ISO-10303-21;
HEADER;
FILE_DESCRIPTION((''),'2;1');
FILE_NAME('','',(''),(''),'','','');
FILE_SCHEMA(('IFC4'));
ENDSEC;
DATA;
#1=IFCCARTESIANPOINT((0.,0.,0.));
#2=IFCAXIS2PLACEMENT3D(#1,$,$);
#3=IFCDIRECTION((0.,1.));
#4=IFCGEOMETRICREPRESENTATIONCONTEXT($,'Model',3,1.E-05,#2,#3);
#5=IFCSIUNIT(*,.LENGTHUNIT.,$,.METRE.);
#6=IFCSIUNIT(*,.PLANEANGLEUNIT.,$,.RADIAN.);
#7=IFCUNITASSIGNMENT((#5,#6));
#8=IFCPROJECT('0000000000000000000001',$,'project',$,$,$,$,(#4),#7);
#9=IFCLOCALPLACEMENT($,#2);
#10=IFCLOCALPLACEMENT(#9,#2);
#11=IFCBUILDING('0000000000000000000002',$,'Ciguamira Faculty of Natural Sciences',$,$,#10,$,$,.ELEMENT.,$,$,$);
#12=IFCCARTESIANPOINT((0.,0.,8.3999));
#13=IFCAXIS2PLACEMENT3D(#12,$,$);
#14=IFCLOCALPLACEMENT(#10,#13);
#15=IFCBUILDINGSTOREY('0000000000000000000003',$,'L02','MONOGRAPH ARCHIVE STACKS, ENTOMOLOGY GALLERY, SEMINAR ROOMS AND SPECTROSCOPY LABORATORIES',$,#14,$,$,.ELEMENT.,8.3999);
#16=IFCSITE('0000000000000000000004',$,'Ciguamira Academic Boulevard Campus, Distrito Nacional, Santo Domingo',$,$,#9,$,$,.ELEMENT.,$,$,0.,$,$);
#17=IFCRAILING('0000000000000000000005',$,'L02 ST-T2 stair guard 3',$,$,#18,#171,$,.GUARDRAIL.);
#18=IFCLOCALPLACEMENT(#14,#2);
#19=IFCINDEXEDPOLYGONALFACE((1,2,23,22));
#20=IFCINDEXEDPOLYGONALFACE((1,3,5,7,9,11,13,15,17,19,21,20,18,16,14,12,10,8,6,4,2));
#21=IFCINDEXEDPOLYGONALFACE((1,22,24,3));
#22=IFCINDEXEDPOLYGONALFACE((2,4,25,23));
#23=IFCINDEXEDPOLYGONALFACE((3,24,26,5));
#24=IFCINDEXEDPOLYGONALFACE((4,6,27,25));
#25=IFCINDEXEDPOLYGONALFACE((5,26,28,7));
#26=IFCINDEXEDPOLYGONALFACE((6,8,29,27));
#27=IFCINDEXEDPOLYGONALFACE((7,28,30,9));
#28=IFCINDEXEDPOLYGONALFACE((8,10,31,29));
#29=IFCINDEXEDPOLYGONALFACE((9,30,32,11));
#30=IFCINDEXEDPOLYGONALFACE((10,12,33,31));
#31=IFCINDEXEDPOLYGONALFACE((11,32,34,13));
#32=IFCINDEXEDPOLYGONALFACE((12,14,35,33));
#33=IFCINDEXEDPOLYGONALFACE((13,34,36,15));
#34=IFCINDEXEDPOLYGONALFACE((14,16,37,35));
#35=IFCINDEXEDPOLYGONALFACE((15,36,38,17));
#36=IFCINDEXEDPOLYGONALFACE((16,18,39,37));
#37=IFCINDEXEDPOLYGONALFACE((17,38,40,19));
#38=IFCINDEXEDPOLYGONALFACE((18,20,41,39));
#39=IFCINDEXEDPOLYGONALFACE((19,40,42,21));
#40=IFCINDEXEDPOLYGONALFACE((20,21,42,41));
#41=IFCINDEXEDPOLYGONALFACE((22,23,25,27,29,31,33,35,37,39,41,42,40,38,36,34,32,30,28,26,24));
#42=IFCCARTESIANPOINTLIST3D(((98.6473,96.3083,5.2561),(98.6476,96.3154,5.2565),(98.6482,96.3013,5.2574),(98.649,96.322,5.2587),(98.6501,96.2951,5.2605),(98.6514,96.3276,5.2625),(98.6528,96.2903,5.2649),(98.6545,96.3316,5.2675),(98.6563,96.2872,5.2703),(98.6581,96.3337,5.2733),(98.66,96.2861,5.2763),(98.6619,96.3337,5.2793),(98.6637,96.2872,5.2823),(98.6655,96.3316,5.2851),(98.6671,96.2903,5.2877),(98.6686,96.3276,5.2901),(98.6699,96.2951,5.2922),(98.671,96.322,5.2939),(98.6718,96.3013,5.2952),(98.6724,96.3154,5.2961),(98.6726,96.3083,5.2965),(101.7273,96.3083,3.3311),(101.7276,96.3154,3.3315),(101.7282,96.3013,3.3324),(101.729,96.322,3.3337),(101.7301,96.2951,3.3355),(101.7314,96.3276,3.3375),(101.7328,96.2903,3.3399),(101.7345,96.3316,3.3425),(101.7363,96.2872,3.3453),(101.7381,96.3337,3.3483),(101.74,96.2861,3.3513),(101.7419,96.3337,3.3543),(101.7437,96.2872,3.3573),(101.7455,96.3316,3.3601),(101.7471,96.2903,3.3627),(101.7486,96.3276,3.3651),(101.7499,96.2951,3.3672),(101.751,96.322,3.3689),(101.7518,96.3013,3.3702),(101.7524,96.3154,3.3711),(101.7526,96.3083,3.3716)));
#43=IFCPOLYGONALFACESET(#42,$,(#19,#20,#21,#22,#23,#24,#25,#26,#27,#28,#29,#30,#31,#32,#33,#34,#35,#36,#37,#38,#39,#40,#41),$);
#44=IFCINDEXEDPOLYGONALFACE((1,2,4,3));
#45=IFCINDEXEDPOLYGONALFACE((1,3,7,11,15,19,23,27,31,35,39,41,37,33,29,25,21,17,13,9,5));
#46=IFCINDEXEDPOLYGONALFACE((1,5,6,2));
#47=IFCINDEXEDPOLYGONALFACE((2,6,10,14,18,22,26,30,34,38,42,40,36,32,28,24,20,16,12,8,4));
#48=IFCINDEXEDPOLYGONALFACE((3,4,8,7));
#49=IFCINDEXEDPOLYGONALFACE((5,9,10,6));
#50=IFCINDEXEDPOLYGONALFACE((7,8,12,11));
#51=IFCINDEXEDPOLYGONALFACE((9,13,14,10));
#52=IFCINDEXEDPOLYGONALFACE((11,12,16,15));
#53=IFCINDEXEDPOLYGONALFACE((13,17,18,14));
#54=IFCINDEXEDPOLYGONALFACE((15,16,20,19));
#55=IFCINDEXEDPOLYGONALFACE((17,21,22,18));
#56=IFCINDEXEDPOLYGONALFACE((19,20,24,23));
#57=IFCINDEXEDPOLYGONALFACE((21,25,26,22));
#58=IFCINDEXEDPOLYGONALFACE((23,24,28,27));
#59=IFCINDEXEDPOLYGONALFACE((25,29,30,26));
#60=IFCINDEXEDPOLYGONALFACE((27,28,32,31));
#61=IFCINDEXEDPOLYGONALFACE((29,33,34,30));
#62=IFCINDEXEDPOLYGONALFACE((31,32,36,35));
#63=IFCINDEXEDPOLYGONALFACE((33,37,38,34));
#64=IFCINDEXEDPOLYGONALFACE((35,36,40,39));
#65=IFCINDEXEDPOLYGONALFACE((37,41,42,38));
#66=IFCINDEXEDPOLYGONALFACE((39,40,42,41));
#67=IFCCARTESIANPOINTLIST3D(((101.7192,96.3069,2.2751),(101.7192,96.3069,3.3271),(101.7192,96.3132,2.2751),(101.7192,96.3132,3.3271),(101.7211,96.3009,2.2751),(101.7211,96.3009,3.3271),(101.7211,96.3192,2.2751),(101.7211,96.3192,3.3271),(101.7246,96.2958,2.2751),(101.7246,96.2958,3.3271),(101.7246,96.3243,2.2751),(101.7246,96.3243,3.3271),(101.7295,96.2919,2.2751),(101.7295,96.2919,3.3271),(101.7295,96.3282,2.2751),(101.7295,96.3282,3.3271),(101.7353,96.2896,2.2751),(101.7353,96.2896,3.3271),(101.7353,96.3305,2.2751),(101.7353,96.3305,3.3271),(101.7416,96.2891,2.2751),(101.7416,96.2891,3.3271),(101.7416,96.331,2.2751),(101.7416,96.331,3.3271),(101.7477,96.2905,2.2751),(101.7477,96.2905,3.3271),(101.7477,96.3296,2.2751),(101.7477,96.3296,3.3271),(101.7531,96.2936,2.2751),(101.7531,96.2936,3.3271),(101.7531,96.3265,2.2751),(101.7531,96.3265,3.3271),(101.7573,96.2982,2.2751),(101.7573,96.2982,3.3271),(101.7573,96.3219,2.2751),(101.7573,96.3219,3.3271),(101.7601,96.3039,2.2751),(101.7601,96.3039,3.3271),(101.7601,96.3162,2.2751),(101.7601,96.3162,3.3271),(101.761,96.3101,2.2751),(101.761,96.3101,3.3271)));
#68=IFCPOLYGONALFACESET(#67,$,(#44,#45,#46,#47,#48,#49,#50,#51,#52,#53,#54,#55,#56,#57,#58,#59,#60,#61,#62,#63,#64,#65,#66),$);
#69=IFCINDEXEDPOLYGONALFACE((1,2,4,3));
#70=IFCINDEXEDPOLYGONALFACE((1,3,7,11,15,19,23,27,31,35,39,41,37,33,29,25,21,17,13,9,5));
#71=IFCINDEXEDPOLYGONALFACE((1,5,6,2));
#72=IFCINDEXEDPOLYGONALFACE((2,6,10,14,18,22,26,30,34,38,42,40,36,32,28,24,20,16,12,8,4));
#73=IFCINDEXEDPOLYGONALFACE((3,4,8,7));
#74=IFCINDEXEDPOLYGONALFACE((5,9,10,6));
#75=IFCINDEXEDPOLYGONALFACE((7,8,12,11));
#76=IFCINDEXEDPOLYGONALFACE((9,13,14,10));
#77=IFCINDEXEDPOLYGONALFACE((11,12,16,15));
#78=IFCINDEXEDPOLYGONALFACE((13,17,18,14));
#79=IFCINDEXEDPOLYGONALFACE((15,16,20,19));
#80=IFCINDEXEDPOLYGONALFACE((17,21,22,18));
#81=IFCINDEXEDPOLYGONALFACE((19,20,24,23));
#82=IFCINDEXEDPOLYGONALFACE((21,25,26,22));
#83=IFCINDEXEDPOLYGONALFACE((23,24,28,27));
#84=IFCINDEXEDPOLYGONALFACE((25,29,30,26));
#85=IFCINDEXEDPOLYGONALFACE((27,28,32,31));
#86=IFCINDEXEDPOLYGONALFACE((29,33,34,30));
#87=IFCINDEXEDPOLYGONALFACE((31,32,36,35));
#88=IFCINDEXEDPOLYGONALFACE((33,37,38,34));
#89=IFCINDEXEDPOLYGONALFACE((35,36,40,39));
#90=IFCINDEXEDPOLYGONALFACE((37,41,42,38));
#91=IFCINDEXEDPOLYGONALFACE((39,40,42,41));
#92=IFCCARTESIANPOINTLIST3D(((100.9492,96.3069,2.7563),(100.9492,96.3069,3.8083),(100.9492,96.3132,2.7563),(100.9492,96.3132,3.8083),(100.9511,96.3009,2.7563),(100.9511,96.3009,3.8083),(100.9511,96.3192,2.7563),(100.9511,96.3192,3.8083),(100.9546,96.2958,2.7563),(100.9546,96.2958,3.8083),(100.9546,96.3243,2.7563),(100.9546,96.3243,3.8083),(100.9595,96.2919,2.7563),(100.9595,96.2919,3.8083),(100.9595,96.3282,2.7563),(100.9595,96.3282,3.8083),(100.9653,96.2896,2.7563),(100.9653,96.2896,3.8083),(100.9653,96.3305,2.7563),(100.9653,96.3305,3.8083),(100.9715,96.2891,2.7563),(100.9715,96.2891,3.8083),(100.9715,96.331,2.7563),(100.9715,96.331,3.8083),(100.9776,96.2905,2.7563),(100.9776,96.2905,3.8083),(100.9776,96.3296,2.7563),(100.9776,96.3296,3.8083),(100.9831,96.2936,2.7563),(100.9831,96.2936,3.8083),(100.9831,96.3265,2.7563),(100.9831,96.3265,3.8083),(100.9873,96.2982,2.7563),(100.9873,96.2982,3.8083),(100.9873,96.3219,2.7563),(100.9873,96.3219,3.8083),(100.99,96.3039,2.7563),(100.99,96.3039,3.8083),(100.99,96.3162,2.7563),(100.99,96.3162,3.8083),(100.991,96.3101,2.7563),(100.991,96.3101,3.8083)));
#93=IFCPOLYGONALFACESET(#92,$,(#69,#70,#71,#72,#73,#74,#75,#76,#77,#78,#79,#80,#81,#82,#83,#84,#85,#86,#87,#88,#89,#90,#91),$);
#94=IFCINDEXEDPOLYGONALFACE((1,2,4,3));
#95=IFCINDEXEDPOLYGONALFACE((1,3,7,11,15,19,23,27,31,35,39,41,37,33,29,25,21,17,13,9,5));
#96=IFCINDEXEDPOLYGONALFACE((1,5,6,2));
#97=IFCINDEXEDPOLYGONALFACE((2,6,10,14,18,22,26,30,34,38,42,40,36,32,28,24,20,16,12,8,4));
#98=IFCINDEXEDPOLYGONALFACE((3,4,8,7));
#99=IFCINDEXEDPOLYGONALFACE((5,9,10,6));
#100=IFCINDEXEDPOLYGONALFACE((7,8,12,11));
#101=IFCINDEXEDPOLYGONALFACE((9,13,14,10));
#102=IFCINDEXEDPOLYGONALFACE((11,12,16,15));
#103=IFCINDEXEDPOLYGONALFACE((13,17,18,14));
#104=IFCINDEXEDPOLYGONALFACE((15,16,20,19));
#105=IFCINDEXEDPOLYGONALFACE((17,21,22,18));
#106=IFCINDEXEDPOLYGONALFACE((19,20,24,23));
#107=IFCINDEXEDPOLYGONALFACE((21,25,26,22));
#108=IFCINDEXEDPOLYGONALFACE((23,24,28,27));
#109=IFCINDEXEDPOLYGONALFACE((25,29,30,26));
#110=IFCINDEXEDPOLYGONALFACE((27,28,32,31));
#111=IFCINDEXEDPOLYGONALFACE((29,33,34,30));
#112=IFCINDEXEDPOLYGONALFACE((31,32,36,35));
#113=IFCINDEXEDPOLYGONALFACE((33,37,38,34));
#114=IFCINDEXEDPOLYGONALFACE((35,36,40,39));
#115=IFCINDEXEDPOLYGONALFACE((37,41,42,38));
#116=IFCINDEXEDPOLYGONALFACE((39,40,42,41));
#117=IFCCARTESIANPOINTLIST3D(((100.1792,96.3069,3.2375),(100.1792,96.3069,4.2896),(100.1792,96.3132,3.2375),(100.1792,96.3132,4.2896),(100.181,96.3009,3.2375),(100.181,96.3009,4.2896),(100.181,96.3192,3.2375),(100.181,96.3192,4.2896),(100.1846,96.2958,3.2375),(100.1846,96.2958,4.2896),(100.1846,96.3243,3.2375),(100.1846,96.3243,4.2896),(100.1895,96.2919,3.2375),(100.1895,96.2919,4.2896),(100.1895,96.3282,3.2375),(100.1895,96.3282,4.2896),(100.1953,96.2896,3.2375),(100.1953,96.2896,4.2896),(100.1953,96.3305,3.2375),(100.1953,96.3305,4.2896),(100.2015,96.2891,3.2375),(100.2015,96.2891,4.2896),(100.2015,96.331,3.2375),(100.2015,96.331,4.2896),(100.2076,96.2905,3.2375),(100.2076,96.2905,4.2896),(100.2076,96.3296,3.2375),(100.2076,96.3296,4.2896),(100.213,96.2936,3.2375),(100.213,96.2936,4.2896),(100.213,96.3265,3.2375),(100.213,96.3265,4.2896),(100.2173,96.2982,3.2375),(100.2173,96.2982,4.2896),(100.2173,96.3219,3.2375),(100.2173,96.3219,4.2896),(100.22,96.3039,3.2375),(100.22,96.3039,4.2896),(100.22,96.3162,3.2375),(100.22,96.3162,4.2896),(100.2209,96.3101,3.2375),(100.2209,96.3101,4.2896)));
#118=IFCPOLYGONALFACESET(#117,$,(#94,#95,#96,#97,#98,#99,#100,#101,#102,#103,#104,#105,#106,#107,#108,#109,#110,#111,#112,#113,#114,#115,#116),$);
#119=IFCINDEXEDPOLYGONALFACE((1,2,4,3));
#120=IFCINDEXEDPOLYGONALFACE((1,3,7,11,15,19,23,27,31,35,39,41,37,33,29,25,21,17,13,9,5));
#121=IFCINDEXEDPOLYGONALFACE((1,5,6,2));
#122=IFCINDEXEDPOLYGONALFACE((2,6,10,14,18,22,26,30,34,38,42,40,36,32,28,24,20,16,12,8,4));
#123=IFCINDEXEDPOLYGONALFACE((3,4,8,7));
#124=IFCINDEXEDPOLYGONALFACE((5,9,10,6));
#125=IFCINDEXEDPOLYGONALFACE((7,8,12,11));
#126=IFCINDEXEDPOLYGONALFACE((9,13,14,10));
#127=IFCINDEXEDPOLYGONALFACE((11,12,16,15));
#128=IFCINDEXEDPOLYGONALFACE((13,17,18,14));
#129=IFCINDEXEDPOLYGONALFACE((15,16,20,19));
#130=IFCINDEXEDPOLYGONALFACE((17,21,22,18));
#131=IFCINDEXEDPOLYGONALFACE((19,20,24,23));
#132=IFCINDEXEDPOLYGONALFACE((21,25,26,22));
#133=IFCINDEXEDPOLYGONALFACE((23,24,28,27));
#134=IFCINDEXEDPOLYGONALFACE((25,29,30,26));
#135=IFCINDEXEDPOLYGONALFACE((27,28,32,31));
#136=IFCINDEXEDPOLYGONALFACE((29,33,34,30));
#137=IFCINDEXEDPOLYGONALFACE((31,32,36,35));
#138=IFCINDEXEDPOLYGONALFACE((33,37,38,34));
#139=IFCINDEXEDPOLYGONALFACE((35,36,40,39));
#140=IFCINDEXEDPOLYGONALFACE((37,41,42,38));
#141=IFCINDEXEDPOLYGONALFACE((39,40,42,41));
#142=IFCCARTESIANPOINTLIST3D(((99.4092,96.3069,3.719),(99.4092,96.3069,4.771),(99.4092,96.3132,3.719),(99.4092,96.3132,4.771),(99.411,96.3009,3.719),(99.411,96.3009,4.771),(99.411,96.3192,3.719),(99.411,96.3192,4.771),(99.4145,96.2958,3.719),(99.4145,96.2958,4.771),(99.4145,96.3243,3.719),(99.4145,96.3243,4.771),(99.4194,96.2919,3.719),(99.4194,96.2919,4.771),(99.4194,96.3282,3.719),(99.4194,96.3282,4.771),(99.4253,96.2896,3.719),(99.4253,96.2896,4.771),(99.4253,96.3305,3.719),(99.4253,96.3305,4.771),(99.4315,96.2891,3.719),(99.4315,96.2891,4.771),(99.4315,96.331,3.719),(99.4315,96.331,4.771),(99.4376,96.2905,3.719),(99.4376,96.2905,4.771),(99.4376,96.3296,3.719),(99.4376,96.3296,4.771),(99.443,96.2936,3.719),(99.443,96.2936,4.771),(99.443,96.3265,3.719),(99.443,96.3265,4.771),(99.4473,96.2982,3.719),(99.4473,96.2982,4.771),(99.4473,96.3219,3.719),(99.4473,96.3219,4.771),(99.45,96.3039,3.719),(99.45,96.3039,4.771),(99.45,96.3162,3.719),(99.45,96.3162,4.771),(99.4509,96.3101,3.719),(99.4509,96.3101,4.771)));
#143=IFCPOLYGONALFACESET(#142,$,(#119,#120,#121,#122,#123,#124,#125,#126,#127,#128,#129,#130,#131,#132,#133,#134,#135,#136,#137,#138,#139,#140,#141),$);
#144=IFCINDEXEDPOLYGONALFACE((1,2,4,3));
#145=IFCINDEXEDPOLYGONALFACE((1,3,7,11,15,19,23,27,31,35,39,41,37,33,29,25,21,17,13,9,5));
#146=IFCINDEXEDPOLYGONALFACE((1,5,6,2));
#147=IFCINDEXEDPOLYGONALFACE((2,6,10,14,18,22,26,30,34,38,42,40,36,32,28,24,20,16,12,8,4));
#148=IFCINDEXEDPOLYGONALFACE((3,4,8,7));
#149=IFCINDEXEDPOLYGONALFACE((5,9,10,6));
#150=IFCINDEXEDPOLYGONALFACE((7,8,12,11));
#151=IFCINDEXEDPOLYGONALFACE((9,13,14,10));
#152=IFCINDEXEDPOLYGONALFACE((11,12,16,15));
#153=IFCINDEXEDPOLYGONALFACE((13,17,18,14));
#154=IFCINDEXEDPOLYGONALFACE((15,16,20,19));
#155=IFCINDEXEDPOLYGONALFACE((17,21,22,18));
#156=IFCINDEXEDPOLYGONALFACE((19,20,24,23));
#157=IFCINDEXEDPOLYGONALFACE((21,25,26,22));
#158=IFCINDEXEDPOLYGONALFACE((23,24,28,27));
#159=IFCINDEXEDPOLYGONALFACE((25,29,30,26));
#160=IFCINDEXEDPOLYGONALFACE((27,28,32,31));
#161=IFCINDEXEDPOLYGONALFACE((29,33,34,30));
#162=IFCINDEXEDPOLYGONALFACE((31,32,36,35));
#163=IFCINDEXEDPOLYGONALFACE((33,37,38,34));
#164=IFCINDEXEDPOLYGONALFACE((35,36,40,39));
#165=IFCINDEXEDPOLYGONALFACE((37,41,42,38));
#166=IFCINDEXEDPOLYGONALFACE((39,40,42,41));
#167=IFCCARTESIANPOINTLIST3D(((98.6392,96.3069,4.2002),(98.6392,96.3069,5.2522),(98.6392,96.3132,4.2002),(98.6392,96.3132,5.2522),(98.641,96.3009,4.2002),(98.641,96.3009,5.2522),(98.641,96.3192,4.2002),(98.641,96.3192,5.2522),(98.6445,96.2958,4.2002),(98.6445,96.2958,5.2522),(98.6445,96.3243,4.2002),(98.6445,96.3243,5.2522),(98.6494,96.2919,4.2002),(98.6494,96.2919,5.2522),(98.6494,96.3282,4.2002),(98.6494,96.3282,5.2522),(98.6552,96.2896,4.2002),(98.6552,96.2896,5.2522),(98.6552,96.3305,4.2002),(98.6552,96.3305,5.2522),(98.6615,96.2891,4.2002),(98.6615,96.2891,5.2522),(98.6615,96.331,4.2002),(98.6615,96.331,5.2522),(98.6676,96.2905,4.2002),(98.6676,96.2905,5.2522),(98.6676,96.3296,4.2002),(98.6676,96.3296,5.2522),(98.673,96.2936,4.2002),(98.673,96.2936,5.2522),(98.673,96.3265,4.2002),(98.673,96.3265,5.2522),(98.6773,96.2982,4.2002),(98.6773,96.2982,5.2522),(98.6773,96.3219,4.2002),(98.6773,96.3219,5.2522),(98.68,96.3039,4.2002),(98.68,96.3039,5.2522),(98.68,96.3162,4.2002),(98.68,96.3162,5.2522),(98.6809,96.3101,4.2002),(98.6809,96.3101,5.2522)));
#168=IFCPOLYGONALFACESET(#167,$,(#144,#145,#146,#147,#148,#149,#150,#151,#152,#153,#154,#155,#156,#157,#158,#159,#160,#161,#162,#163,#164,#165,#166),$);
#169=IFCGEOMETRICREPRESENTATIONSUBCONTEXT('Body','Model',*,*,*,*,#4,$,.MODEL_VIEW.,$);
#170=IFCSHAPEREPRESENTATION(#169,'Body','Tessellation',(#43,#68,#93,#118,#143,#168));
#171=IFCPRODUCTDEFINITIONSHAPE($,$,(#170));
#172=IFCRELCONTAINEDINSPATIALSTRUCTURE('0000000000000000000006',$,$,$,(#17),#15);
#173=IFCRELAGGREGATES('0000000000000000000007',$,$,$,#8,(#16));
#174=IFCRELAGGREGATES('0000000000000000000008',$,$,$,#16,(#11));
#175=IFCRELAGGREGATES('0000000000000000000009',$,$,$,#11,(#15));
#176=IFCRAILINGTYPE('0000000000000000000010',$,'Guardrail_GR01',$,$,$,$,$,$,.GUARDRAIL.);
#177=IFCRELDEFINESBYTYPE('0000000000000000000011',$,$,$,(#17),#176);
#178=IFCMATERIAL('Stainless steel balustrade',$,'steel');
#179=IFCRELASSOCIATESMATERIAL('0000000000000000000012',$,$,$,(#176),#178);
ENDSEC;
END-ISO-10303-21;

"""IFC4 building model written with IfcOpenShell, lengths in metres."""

from ifc_helpers import new_model, si_unit, direction, frame, origin, origin_2d, place, context, subcontext, project, spatial, circle, extrude, material, type_object, element, save


model = new_model("IFC4")

# Units and contexts
model_context = context("Model", 3, precision=1e-05, world=origin(), true_north=direction((0.0, 1.0)))
body_context = subcontext(model_context, "Body", "Model", "MODEL_VIEW")
ifc_project = project(units=[si_unit("LENGTHUNIT", "METRE"), si_unit("PLANEANGLEUNIT", "RADIAN")], contexts=[model_context])

# Site, building, storey
site_placement = place(None, origin())
site = spatial("IfcSite", under=ifc_project, at=site_placement, Name="Ciguamira Academic Boulevard Campus, Distrito Nacional, Santo Domingo", CompositionType="ELEMENT", RefElevation=0.0)
building_placement = place(site_placement, origin())
building = spatial("IfcBuilding", under=site, at=building_placement, Name="Ciguamira Faculty of Natural Sciences", CompositionType="ELEMENT")
storey_placement = place(building_placement, frame((0.0, 0.0, 8.3999)))
storey = spatial("IfcBuildingStorey", under=building, at=storey_placement, Name="L02", Description="MONOGRAPH ARCHIVE STACKS, ENTOMOLOGY GALLERY, SEMINAR ROOMS AND SPECTROSCOPY LABORATORIES", CompositionType="ELEMENT", Elevation=8.3999)

# Railing
ifc_material_1 = material(Name="Stainless steel balustrade", Category="steel")
railing_type_1 = type_object("IfcRailingType", Name="Guardrail_GR01", PredefinedType="GUARDRAIL", material=ifc_material_1)
railing_1_placement = place(storey_placement, frame((101.74, 96.3101, 2.2751)))
element("IfcRailing", 1, at=railing_1_placement, inside=storey, type_object=railing_type_1, Name="L02 ST-T2 stair guard 3", PredefinedType="GUARDRAIL", context=body_context, shape_type="SweptSolid", body=[
    extrude(circle(Radius=0.0239, at=origin_2d()), frame((0.0, 0.0, 1.0762), z_axis=(-0.847998, 0.0, 0.529999), x_axis=(0.0, -1.0, 0.0)), (0.0, 0.0, 1.0), 3.6321),
    extrude(circle(Radius=0.021, at=origin_2d()), origin(), (0.0, 0.0, 1.0), 1.052),
    extrude(circle(Radius=0.021, at=origin_2d()), frame((-0.77, 0.0, 0.4812)), (0.0, 0.0, 1.0), 1.052),
    extrude(circle(Radius=0.021, at=origin_2d()), frame((-1.54, 0.0, 0.9624)), (0.0, 0.0, 1.0), 1.052),
    extrude(circle(Radius=0.021, at=origin_2d()), frame((-2.3101, 0.0, 1.4438)), (0.0, 0.0, 1.0), 1.052),
    extrude(circle(Radius=0.021, at=origin_2d()), frame((-3.0801, 0.0, 1.925)), (0.0, 0.0, 1.0), 1.052),
])

save(model, "model.ifc")
